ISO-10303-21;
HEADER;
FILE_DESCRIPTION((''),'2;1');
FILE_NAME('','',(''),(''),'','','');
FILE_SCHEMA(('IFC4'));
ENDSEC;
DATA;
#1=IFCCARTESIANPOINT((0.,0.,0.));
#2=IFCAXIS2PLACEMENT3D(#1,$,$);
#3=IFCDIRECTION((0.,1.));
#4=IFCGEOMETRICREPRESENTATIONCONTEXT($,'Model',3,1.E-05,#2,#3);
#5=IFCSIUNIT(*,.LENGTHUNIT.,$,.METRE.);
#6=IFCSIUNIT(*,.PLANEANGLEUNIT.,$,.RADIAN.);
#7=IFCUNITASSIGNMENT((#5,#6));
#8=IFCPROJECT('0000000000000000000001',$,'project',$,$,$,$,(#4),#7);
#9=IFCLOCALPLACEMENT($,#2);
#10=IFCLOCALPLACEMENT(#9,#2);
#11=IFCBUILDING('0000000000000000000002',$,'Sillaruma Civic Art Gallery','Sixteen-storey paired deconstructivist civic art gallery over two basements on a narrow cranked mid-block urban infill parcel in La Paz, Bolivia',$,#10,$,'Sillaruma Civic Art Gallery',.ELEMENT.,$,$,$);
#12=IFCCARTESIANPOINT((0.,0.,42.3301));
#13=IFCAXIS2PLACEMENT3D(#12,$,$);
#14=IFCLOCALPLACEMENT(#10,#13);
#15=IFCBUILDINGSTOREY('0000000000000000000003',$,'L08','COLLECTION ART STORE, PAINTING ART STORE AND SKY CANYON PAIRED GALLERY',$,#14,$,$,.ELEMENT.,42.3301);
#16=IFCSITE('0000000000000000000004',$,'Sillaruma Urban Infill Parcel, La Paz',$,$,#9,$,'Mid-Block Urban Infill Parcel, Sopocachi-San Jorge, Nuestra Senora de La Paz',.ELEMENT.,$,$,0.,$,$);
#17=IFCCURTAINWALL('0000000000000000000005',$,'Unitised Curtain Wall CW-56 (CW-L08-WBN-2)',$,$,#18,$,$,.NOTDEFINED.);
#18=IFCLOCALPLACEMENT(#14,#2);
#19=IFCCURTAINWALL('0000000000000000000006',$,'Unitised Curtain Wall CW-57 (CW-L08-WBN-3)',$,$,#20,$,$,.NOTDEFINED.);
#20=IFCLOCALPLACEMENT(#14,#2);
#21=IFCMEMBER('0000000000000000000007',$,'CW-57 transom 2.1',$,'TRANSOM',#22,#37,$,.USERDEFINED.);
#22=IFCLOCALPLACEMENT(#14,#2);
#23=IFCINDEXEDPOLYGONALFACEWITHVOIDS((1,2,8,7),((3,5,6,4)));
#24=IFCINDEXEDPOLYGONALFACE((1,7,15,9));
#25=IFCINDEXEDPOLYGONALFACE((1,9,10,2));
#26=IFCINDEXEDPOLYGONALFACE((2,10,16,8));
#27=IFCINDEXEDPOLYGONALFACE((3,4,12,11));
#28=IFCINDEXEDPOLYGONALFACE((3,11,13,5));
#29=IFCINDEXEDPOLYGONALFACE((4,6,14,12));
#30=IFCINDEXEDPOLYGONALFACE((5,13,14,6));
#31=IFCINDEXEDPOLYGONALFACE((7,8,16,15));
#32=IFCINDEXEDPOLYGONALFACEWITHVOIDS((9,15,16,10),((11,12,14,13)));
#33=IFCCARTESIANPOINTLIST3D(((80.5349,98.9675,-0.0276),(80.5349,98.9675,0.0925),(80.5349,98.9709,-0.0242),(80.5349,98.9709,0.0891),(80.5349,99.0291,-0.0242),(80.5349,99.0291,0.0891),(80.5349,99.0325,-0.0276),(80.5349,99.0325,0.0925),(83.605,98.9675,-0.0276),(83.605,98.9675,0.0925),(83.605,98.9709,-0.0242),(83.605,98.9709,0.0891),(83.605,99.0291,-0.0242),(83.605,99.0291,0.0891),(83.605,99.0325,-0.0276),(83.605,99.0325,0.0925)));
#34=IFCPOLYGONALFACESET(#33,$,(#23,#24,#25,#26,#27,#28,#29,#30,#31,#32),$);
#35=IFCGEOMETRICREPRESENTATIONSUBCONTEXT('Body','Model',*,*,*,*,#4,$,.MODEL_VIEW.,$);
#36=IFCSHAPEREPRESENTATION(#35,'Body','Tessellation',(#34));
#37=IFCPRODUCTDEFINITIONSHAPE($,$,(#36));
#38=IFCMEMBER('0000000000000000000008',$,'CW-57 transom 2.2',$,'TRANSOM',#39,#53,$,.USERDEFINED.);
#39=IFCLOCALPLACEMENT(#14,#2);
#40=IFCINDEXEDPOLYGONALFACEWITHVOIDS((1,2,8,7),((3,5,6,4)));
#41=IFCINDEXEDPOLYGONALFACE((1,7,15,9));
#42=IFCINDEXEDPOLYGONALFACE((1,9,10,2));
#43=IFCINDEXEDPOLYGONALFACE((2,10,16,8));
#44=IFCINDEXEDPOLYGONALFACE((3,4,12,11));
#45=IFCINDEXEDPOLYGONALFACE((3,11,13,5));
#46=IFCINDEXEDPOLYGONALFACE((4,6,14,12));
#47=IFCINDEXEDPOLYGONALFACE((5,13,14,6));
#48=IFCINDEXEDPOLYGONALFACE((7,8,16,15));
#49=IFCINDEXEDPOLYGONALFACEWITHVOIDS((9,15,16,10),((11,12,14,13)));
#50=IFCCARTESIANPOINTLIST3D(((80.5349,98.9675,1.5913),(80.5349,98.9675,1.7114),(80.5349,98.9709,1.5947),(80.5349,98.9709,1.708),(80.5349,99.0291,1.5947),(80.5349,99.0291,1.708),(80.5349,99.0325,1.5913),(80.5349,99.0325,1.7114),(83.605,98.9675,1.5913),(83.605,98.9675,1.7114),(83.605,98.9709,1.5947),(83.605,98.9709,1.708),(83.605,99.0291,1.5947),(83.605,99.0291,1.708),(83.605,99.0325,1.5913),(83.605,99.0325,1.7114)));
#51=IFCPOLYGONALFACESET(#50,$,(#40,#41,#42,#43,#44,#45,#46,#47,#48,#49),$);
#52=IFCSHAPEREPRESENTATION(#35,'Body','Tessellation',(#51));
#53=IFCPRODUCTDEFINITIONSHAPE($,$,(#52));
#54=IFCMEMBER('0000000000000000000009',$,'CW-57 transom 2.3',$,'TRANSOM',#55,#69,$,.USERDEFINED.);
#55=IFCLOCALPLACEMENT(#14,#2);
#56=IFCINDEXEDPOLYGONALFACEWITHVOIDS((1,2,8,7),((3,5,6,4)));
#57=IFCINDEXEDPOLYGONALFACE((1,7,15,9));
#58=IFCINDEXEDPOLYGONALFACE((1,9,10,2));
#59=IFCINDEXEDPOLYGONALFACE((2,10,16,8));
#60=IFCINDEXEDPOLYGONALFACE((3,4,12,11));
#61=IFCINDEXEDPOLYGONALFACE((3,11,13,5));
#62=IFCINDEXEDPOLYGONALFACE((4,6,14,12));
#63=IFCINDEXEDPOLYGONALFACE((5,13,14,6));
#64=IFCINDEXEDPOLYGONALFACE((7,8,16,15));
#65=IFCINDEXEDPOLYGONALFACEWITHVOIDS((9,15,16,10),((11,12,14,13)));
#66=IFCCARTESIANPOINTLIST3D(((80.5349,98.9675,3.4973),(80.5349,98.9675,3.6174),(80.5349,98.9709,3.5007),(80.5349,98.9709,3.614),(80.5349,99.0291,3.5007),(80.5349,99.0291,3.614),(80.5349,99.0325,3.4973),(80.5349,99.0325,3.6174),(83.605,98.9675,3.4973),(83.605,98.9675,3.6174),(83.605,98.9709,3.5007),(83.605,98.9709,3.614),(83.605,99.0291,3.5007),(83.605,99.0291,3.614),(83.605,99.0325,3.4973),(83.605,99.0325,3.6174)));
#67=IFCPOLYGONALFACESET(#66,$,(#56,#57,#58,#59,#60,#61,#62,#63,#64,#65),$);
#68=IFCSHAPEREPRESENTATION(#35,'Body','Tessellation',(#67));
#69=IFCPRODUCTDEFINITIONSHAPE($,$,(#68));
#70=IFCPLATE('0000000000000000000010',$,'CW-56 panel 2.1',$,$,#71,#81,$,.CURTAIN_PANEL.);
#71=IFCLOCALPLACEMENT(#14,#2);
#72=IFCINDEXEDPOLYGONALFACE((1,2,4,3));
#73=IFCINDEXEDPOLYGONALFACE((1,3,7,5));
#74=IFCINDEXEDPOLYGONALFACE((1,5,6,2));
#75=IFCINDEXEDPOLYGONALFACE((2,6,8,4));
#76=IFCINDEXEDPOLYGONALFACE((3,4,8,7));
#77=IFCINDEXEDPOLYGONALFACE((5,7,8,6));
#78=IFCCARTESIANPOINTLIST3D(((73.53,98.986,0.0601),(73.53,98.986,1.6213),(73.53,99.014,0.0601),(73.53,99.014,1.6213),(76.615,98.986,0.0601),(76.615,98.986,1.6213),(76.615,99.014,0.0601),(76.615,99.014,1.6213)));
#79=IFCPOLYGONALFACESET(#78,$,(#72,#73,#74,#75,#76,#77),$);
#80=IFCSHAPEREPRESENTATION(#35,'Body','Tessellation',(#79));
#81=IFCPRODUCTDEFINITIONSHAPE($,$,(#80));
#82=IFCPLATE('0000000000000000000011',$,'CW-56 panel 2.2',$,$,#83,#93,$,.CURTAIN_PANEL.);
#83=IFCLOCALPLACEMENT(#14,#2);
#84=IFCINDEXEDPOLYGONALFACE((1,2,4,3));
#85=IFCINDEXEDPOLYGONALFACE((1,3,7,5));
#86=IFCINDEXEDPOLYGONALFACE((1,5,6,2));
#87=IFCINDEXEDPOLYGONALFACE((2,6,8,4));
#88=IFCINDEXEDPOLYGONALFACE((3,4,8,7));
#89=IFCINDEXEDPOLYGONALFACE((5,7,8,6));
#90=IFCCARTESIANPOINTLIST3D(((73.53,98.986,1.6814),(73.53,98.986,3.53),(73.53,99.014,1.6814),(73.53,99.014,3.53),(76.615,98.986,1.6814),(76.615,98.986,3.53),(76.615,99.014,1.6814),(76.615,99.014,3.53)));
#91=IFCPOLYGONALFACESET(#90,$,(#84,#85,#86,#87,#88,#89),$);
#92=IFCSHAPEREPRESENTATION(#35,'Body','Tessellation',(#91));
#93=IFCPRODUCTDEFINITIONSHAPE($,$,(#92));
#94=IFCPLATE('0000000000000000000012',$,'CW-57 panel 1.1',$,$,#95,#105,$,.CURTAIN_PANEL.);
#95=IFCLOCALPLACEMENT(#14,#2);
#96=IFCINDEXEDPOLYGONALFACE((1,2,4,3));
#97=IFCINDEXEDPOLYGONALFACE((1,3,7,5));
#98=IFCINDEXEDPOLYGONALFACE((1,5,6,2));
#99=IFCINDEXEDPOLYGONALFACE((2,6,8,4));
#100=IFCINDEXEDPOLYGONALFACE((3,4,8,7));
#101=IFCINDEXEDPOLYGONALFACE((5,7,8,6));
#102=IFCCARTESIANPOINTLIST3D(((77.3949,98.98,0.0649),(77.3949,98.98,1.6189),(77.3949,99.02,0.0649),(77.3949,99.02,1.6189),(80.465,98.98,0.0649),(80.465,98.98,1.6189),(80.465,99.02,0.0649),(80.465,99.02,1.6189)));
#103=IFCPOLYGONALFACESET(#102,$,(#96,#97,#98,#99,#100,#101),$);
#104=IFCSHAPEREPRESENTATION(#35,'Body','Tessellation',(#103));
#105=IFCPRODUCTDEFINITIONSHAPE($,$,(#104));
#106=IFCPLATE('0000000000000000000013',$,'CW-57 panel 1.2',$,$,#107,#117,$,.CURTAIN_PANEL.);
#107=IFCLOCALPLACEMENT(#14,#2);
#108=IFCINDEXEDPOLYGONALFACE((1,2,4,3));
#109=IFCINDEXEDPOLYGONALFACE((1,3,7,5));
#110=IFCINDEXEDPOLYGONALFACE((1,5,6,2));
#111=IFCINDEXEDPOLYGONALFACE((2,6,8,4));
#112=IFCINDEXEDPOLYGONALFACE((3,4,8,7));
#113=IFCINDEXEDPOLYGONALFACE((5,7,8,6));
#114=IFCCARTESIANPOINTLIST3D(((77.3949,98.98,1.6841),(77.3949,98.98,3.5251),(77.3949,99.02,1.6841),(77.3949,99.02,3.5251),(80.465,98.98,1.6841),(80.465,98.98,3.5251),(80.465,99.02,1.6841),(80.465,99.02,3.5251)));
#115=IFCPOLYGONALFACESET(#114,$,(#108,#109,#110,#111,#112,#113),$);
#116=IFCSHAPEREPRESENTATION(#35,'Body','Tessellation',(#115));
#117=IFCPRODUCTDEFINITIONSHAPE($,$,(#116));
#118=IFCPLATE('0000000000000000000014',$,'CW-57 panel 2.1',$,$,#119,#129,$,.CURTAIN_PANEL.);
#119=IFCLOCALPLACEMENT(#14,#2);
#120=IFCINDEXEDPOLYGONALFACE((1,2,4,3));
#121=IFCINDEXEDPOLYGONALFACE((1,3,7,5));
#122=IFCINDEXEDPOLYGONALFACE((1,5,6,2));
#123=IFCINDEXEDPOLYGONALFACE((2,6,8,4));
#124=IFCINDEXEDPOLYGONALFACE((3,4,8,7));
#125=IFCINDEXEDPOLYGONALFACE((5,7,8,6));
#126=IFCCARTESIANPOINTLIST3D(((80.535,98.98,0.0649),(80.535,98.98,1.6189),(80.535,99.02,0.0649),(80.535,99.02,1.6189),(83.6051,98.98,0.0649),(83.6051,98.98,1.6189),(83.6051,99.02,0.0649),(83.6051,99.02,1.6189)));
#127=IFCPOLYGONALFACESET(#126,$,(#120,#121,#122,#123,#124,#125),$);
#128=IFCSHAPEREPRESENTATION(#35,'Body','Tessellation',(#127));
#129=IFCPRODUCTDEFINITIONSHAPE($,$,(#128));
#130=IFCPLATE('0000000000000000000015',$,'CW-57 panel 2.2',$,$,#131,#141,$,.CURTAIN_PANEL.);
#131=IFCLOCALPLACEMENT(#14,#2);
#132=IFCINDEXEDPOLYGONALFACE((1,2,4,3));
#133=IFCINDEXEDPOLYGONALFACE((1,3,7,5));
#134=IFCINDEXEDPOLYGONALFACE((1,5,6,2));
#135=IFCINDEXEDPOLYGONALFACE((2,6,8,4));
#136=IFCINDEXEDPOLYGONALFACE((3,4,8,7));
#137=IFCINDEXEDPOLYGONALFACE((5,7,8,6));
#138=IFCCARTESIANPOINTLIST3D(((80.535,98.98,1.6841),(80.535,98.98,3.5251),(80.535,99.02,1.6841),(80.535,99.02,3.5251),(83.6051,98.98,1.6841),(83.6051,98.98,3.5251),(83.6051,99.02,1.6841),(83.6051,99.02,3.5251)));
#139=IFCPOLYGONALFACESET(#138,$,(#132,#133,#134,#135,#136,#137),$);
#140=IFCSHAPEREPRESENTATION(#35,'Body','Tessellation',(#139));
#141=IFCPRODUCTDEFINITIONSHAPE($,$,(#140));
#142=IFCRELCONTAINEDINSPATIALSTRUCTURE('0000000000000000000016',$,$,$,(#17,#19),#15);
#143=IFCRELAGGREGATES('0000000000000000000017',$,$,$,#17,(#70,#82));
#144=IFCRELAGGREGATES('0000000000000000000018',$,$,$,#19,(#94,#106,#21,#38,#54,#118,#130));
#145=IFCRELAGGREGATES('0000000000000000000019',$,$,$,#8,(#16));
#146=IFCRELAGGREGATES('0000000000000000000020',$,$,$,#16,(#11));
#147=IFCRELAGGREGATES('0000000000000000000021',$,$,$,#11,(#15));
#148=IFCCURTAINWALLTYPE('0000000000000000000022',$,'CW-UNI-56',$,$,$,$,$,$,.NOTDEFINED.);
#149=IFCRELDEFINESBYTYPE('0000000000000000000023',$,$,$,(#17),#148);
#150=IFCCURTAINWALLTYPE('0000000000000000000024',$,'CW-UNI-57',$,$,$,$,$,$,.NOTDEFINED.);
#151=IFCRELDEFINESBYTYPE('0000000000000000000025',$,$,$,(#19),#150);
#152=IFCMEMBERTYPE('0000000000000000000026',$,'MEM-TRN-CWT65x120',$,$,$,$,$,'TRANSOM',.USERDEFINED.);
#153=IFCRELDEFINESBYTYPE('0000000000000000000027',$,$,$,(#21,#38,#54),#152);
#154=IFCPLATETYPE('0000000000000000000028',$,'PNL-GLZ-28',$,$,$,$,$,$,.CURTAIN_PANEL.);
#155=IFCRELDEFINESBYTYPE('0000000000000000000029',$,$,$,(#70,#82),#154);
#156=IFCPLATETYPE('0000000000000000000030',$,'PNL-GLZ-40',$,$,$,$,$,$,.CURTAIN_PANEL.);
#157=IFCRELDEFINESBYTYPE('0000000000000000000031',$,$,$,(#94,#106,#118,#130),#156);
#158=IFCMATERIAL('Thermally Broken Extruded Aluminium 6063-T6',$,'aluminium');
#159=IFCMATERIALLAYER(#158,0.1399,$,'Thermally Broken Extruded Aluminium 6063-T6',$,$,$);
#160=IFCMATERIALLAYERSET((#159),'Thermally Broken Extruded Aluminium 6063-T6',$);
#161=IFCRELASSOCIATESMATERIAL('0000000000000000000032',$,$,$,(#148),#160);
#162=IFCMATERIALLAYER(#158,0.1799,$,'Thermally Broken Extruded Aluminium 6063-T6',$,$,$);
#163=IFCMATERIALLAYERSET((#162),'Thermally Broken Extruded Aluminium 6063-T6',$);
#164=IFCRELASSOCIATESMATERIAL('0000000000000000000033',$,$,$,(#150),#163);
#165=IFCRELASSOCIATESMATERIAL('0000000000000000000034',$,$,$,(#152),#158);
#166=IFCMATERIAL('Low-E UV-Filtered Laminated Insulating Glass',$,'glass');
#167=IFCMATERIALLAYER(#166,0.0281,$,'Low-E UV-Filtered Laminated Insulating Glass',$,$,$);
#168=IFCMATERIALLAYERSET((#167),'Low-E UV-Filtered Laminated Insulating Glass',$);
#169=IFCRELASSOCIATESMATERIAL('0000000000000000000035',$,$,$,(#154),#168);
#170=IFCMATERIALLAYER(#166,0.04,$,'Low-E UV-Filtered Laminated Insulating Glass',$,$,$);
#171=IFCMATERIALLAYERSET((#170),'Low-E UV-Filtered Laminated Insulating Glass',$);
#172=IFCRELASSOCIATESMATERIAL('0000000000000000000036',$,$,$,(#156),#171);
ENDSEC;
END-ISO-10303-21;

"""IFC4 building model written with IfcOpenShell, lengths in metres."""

from ifc_helpers import new_model, si_unit, direction, frame, origin, origin_2d, place, context, subcontext, project, spatial, rectangle, hollow_rectangle, extrude, material, layer, layer_set, material_profile, profile_set, type_object, element, aggregate, save


model = new_model("IFC4")

# Units and contexts
model_context = context("Model", 3, precision=1e-05, world=origin(), true_north=direction((0.0, 1.0)))
body_context = subcontext(model_context, "Body", "Model", "MODEL_VIEW")
ifc_project = project(units=[si_unit("LENGTHUNIT", "METRE"), si_unit("PLANEANGLEUNIT", "RADIAN")], contexts=[model_context])

# Site, building, storey
site_placement = place(None, origin())
site = spatial("IfcSite", under=ifc_project, at=site_placement, Name="Sillaruma Urban Infill Parcel, La Paz", LongName="Mid-Block Urban Infill Parcel, Sopocachi-San Jorge, Nuestra Senora de La Paz", CompositionType="ELEMENT", RefElevation=0.0)
building_placement = place(site_placement, origin())
building = spatial("IfcBuilding", under=site, at=building_placement, Name="Sillaruma Civic Art Gallery", Description="Sixteen-storey paired deconstructivist civic art gallery over two basements on a narrow cranked mid-block urban infill parcel in La Paz, Bolivia", LongName="Sillaruma Civic Art Gallery", CompositionType="ELEMENT")
storey_placement = place(building_placement, frame((0.0, 0.0, 42.3301)))
storey = spatial("IfcBuildingStorey", under=building, at=storey_placement, Name="L08", Description="COLLECTION ART STORE, PAINTING ART STORE AND SKY CANYON PAIRED GALLERY", CompositionType="ELEMENT", Elevation=42.3301)

# Curtain wall
ifc_material_1 = material(Name="Thermally Broken Extruded Aluminium 6063-T6", Category="aluminium")
ifc_layer_1 = layer(ifc_material_1, 0.1399, Name="Thermally Broken Extruded Aluminium 6063-T6")
ifc_layer_set_1 = layer_set([ifc_layer_1], Name="Thermally Broken Extruded Aluminium 6063-T6")
curtain_wall_type_1 = type_object("IfcCurtainWallType", Name="CW-UNI-56", PredefinedType="NOTDEFINED", material=ifc_layer_set_1)
curtain_wall_1_placement = place(storey_placement, origin())
curtain_wall_1 = element("IfcCurtainWall", 1, at=curtain_wall_1_placement, inside=storey, type_object=curtain_wall_type_1, Name="Unitised Curtain Wall CW-56 (CW-L08-WBN-2)", PredefinedType="NOTDEFINED")

# Curtain wall, members
ifc_layer_2 = layer(ifc_material_1, 0.1799, Name="Thermally Broken Extruded Aluminium 6063-T6")
ifc_layer_set_2 = layer_set([ifc_layer_2], Name="Thermally Broken Extruded Aluminium 6063-T6")
curtain_wall_type_2 = type_object("IfcCurtainWallType", Name="CW-UNI-57", PredefinedType="NOTDEFINED", material=ifc_layer_set_2)
curtain_wall_2_placement = place(storey_placement, origin())
curtain_wall_2 = element("IfcCurtainWall", 2, at=curtain_wall_2_placement, inside=storey, type_object=curtain_wall_type_2, Name="Unitised Curtain Wall CW-57 (CW-L08-WBN-3)", PredefinedType="NOTDEFINED")
ifc_material_profile_1 = material_profile(ifc_material_1, hollow_rectangle(XDim=0.0649, YDim=0.1201, WallThickness=0.0034, at=origin_2d()), Name="CWT65x120")
ifc_profile_set_1 = profile_set([ifc_material_profile_1], Name="Thermally Broken Extruded Aluminium 6063-T6")
member_type_1 = type_object("IfcMemberType", Name="MEM-TRN-CWT65x120", ElementType="TRANSOM", PredefinedType="USERDEFINED", material=ifc_profile_set_1)
member_1_placement = place(storey_placement, frame((80.5349, 99.0, 0.0325), z_axis=(1.0, 0.0, 0.0), x_axis=(0.0, 1.0, 0.0)))
member_1 = element("IfcMember", 3, at=member_1_placement, type_object=member_type_1, Name="CW-57 transom 2.1", ObjectType="TRANSOM", PredefinedType="USERDEFINED", context=body_context, shape_type="SweptSolid", body=[
    extrude(hollow_rectangle(XDim=0.0649, YDim=0.1201, WallThickness=0.0034, at=origin_2d()), origin(), (0.0, 0.0, 1.0), 3.0701),
])
member_2_placement = place(storey_placement, frame((80.5349, 99.0, 1.6514), z_axis=(1.0, 0.0, 0.0), x_axis=(0.0, 1.0, 0.0)))
member_2 = element("IfcMember", 4, at=member_2_placement, type_object=member_type_1, Name="CW-57 transom 2.2", ObjectType="TRANSOM", PredefinedType="USERDEFINED", context=body_context, shape_type="SweptSolid", body=[
    extrude(hollow_rectangle(XDim=0.0649, YDim=0.1201, WallThickness=0.0034, at=origin_2d()), origin(), (0.0, 0.0, 1.0), 3.0701),
])
member_3_placement = place(storey_placement, frame((80.5349, 99.0, 3.5574), z_axis=(1.0, 0.0, 0.0), x_axis=(0.0, 1.0, 0.0)))
member_3 = element("IfcMember", 5, at=member_3_placement, type_object=member_type_1, Name="CW-57 transom 2.3", ObjectType="TRANSOM", PredefinedType="USERDEFINED", context=body_context, shape_type="SweptSolid", body=[
    extrude(hollow_rectangle(XDim=0.0649, YDim=0.1201, WallThickness=0.0034, at=origin_2d()), origin(), (0.0, 0.0, 1.0), 3.0701),
])

# Plates
ifc_material_2 = material(Name="Low-E UV-Filtered Laminated Insulating Glass", Category="glass")
ifc_layer_3 = layer(ifc_material_2, 0.0281, Name="Low-E UV-Filtered Laminated Insulating Glass")
ifc_layer_set_3 = layer_set([ifc_layer_3], Name="Low-E UV-Filtered Laminated Insulating Glass")
plate_type_1 = type_object("IfcPlateType", Name="PNL-GLZ-28", PredefinedType="CURTAIN_PANEL", material=ifc_layer_set_3)
plate_1_placement = place(storey_placement, frame((75.0725, 99.0, 0.0601), z_axis=(0.0, 0.0, 1.0), x_axis=(1.0, 0.0, 0.0)))
plate_1 = element("IfcPlate", 6, at=plate_1_placement, type_object=plate_type_1, Name="CW-56 panel 2.1", PredefinedType="CURTAIN_PANEL", context=body_context, shape_type="SweptSolid", body=[
    extrude(rectangle(XDim=3.085, YDim=0.0281, at=origin_2d()), origin(), (0.0, 0.0, 1.0), 1.5613),
])
plate_2_placement = place(storey_placement, frame((75.0725, 99.0, 1.6814), z_axis=(0.0, 0.0, 1.0), x_axis=(1.0, 0.0, 0.0)))
plate_2 = element("IfcPlate", 7, at=plate_2_placement, type_object=plate_type_1, Name="CW-56 panel 2.2", PredefinedType="CURTAIN_PANEL", context=body_context, shape_type="SweptSolid", body=[
    extrude(rectangle(XDim=3.085, YDim=0.0281, at=origin_2d()), origin(), (0.0, 0.0, 1.0), 1.8486),
])
aggregate(curtain_wall_1, [plate_1, plate_2])
ifc_layer_4 = layer(ifc_material_2, 0.04, Name="Low-E UV-Filtered Laminated Insulating Glass")
ifc_layer_set_4 = layer_set([ifc_layer_4], Name="Low-E UV-Filtered Laminated Insulating Glass")
plate_type_2 = type_object("IfcPlateType", Name="PNL-GLZ-40", PredefinedType="CURTAIN_PANEL", material=ifc_layer_set_4)
plate_3_placement = place(storey_placement, frame((78.9299, 99.0, 0.0649), z_axis=(0.0, 0.0, 1.0), x_axis=(1.0, 0.0, 0.0)))
plate_3 = element("IfcPlate", 8, at=plate_3_placement, type_object=plate_type_2, Name="CW-57 panel 1.1", PredefinedType="CURTAIN_PANEL", context=body_context, shape_type="SweptSolid", body=[
    extrude(rectangle(XDim=3.0701, YDim=0.04, at=origin_2d()), origin(), (0.0, 0.0, 1.0), 1.554),
])
plate_4_placement = place(storey_placement, frame((78.9299, 99.0, 1.6841), z_axis=(0.0, 0.0, 1.0), x_axis=(1.0, 0.0, 0.0)))
plate_4 = element("IfcPlate", 9, at=plate_4_placement, type_object=plate_type_2, Name="CW-57 panel 1.2", PredefinedType="CURTAIN_PANEL", context=body_context, shape_type="SweptSolid", body=[
    extrude(rectangle(XDim=3.0701, YDim=0.04, at=origin_2d()), origin(), (0.0, 0.0, 1.0), 1.8411),
])
plate_5_placement = place(storey_placement, frame((82.0701, 99.0, 0.0649), z_axis=(0.0, 0.0, 1.0), x_axis=(1.0, 0.0, 0.0)))
plate_5 = element("IfcPlate", 10, at=plate_5_placement, type_object=plate_type_2, Name="CW-57 panel 2.1", PredefinedType="CURTAIN_PANEL", context=body_context, shape_type="SweptSolid", body=[
    extrude(rectangle(XDim=3.0701, YDim=0.04, at=origin_2d()), origin(), (0.0, 0.0, 1.0), 1.554),
])
plate_6_placement = place(storey_placement, frame((82.0701, 99.0, 1.6841), z_axis=(0.0, 0.0, 1.0), x_axis=(1.0, 0.0, 0.0)))
plate_6 = element("IfcPlate", 11, at=plate_6_placement, type_object=plate_type_2, Name="CW-57 panel 2.2", PredefinedType="CURTAIN_PANEL", context=body_context, shape_type="SweptSolid", body=[
    extrude(rectangle(XDim=3.0701, YDim=0.04, at=origin_2d()), origin(), (0.0, 0.0, 1.0), 1.8411),
])
aggregate(curtain_wall_2, [plate_3, plate_4, member_1, member_2, member_3, plate_5, plate_6])

save(model, "model.ifc")
